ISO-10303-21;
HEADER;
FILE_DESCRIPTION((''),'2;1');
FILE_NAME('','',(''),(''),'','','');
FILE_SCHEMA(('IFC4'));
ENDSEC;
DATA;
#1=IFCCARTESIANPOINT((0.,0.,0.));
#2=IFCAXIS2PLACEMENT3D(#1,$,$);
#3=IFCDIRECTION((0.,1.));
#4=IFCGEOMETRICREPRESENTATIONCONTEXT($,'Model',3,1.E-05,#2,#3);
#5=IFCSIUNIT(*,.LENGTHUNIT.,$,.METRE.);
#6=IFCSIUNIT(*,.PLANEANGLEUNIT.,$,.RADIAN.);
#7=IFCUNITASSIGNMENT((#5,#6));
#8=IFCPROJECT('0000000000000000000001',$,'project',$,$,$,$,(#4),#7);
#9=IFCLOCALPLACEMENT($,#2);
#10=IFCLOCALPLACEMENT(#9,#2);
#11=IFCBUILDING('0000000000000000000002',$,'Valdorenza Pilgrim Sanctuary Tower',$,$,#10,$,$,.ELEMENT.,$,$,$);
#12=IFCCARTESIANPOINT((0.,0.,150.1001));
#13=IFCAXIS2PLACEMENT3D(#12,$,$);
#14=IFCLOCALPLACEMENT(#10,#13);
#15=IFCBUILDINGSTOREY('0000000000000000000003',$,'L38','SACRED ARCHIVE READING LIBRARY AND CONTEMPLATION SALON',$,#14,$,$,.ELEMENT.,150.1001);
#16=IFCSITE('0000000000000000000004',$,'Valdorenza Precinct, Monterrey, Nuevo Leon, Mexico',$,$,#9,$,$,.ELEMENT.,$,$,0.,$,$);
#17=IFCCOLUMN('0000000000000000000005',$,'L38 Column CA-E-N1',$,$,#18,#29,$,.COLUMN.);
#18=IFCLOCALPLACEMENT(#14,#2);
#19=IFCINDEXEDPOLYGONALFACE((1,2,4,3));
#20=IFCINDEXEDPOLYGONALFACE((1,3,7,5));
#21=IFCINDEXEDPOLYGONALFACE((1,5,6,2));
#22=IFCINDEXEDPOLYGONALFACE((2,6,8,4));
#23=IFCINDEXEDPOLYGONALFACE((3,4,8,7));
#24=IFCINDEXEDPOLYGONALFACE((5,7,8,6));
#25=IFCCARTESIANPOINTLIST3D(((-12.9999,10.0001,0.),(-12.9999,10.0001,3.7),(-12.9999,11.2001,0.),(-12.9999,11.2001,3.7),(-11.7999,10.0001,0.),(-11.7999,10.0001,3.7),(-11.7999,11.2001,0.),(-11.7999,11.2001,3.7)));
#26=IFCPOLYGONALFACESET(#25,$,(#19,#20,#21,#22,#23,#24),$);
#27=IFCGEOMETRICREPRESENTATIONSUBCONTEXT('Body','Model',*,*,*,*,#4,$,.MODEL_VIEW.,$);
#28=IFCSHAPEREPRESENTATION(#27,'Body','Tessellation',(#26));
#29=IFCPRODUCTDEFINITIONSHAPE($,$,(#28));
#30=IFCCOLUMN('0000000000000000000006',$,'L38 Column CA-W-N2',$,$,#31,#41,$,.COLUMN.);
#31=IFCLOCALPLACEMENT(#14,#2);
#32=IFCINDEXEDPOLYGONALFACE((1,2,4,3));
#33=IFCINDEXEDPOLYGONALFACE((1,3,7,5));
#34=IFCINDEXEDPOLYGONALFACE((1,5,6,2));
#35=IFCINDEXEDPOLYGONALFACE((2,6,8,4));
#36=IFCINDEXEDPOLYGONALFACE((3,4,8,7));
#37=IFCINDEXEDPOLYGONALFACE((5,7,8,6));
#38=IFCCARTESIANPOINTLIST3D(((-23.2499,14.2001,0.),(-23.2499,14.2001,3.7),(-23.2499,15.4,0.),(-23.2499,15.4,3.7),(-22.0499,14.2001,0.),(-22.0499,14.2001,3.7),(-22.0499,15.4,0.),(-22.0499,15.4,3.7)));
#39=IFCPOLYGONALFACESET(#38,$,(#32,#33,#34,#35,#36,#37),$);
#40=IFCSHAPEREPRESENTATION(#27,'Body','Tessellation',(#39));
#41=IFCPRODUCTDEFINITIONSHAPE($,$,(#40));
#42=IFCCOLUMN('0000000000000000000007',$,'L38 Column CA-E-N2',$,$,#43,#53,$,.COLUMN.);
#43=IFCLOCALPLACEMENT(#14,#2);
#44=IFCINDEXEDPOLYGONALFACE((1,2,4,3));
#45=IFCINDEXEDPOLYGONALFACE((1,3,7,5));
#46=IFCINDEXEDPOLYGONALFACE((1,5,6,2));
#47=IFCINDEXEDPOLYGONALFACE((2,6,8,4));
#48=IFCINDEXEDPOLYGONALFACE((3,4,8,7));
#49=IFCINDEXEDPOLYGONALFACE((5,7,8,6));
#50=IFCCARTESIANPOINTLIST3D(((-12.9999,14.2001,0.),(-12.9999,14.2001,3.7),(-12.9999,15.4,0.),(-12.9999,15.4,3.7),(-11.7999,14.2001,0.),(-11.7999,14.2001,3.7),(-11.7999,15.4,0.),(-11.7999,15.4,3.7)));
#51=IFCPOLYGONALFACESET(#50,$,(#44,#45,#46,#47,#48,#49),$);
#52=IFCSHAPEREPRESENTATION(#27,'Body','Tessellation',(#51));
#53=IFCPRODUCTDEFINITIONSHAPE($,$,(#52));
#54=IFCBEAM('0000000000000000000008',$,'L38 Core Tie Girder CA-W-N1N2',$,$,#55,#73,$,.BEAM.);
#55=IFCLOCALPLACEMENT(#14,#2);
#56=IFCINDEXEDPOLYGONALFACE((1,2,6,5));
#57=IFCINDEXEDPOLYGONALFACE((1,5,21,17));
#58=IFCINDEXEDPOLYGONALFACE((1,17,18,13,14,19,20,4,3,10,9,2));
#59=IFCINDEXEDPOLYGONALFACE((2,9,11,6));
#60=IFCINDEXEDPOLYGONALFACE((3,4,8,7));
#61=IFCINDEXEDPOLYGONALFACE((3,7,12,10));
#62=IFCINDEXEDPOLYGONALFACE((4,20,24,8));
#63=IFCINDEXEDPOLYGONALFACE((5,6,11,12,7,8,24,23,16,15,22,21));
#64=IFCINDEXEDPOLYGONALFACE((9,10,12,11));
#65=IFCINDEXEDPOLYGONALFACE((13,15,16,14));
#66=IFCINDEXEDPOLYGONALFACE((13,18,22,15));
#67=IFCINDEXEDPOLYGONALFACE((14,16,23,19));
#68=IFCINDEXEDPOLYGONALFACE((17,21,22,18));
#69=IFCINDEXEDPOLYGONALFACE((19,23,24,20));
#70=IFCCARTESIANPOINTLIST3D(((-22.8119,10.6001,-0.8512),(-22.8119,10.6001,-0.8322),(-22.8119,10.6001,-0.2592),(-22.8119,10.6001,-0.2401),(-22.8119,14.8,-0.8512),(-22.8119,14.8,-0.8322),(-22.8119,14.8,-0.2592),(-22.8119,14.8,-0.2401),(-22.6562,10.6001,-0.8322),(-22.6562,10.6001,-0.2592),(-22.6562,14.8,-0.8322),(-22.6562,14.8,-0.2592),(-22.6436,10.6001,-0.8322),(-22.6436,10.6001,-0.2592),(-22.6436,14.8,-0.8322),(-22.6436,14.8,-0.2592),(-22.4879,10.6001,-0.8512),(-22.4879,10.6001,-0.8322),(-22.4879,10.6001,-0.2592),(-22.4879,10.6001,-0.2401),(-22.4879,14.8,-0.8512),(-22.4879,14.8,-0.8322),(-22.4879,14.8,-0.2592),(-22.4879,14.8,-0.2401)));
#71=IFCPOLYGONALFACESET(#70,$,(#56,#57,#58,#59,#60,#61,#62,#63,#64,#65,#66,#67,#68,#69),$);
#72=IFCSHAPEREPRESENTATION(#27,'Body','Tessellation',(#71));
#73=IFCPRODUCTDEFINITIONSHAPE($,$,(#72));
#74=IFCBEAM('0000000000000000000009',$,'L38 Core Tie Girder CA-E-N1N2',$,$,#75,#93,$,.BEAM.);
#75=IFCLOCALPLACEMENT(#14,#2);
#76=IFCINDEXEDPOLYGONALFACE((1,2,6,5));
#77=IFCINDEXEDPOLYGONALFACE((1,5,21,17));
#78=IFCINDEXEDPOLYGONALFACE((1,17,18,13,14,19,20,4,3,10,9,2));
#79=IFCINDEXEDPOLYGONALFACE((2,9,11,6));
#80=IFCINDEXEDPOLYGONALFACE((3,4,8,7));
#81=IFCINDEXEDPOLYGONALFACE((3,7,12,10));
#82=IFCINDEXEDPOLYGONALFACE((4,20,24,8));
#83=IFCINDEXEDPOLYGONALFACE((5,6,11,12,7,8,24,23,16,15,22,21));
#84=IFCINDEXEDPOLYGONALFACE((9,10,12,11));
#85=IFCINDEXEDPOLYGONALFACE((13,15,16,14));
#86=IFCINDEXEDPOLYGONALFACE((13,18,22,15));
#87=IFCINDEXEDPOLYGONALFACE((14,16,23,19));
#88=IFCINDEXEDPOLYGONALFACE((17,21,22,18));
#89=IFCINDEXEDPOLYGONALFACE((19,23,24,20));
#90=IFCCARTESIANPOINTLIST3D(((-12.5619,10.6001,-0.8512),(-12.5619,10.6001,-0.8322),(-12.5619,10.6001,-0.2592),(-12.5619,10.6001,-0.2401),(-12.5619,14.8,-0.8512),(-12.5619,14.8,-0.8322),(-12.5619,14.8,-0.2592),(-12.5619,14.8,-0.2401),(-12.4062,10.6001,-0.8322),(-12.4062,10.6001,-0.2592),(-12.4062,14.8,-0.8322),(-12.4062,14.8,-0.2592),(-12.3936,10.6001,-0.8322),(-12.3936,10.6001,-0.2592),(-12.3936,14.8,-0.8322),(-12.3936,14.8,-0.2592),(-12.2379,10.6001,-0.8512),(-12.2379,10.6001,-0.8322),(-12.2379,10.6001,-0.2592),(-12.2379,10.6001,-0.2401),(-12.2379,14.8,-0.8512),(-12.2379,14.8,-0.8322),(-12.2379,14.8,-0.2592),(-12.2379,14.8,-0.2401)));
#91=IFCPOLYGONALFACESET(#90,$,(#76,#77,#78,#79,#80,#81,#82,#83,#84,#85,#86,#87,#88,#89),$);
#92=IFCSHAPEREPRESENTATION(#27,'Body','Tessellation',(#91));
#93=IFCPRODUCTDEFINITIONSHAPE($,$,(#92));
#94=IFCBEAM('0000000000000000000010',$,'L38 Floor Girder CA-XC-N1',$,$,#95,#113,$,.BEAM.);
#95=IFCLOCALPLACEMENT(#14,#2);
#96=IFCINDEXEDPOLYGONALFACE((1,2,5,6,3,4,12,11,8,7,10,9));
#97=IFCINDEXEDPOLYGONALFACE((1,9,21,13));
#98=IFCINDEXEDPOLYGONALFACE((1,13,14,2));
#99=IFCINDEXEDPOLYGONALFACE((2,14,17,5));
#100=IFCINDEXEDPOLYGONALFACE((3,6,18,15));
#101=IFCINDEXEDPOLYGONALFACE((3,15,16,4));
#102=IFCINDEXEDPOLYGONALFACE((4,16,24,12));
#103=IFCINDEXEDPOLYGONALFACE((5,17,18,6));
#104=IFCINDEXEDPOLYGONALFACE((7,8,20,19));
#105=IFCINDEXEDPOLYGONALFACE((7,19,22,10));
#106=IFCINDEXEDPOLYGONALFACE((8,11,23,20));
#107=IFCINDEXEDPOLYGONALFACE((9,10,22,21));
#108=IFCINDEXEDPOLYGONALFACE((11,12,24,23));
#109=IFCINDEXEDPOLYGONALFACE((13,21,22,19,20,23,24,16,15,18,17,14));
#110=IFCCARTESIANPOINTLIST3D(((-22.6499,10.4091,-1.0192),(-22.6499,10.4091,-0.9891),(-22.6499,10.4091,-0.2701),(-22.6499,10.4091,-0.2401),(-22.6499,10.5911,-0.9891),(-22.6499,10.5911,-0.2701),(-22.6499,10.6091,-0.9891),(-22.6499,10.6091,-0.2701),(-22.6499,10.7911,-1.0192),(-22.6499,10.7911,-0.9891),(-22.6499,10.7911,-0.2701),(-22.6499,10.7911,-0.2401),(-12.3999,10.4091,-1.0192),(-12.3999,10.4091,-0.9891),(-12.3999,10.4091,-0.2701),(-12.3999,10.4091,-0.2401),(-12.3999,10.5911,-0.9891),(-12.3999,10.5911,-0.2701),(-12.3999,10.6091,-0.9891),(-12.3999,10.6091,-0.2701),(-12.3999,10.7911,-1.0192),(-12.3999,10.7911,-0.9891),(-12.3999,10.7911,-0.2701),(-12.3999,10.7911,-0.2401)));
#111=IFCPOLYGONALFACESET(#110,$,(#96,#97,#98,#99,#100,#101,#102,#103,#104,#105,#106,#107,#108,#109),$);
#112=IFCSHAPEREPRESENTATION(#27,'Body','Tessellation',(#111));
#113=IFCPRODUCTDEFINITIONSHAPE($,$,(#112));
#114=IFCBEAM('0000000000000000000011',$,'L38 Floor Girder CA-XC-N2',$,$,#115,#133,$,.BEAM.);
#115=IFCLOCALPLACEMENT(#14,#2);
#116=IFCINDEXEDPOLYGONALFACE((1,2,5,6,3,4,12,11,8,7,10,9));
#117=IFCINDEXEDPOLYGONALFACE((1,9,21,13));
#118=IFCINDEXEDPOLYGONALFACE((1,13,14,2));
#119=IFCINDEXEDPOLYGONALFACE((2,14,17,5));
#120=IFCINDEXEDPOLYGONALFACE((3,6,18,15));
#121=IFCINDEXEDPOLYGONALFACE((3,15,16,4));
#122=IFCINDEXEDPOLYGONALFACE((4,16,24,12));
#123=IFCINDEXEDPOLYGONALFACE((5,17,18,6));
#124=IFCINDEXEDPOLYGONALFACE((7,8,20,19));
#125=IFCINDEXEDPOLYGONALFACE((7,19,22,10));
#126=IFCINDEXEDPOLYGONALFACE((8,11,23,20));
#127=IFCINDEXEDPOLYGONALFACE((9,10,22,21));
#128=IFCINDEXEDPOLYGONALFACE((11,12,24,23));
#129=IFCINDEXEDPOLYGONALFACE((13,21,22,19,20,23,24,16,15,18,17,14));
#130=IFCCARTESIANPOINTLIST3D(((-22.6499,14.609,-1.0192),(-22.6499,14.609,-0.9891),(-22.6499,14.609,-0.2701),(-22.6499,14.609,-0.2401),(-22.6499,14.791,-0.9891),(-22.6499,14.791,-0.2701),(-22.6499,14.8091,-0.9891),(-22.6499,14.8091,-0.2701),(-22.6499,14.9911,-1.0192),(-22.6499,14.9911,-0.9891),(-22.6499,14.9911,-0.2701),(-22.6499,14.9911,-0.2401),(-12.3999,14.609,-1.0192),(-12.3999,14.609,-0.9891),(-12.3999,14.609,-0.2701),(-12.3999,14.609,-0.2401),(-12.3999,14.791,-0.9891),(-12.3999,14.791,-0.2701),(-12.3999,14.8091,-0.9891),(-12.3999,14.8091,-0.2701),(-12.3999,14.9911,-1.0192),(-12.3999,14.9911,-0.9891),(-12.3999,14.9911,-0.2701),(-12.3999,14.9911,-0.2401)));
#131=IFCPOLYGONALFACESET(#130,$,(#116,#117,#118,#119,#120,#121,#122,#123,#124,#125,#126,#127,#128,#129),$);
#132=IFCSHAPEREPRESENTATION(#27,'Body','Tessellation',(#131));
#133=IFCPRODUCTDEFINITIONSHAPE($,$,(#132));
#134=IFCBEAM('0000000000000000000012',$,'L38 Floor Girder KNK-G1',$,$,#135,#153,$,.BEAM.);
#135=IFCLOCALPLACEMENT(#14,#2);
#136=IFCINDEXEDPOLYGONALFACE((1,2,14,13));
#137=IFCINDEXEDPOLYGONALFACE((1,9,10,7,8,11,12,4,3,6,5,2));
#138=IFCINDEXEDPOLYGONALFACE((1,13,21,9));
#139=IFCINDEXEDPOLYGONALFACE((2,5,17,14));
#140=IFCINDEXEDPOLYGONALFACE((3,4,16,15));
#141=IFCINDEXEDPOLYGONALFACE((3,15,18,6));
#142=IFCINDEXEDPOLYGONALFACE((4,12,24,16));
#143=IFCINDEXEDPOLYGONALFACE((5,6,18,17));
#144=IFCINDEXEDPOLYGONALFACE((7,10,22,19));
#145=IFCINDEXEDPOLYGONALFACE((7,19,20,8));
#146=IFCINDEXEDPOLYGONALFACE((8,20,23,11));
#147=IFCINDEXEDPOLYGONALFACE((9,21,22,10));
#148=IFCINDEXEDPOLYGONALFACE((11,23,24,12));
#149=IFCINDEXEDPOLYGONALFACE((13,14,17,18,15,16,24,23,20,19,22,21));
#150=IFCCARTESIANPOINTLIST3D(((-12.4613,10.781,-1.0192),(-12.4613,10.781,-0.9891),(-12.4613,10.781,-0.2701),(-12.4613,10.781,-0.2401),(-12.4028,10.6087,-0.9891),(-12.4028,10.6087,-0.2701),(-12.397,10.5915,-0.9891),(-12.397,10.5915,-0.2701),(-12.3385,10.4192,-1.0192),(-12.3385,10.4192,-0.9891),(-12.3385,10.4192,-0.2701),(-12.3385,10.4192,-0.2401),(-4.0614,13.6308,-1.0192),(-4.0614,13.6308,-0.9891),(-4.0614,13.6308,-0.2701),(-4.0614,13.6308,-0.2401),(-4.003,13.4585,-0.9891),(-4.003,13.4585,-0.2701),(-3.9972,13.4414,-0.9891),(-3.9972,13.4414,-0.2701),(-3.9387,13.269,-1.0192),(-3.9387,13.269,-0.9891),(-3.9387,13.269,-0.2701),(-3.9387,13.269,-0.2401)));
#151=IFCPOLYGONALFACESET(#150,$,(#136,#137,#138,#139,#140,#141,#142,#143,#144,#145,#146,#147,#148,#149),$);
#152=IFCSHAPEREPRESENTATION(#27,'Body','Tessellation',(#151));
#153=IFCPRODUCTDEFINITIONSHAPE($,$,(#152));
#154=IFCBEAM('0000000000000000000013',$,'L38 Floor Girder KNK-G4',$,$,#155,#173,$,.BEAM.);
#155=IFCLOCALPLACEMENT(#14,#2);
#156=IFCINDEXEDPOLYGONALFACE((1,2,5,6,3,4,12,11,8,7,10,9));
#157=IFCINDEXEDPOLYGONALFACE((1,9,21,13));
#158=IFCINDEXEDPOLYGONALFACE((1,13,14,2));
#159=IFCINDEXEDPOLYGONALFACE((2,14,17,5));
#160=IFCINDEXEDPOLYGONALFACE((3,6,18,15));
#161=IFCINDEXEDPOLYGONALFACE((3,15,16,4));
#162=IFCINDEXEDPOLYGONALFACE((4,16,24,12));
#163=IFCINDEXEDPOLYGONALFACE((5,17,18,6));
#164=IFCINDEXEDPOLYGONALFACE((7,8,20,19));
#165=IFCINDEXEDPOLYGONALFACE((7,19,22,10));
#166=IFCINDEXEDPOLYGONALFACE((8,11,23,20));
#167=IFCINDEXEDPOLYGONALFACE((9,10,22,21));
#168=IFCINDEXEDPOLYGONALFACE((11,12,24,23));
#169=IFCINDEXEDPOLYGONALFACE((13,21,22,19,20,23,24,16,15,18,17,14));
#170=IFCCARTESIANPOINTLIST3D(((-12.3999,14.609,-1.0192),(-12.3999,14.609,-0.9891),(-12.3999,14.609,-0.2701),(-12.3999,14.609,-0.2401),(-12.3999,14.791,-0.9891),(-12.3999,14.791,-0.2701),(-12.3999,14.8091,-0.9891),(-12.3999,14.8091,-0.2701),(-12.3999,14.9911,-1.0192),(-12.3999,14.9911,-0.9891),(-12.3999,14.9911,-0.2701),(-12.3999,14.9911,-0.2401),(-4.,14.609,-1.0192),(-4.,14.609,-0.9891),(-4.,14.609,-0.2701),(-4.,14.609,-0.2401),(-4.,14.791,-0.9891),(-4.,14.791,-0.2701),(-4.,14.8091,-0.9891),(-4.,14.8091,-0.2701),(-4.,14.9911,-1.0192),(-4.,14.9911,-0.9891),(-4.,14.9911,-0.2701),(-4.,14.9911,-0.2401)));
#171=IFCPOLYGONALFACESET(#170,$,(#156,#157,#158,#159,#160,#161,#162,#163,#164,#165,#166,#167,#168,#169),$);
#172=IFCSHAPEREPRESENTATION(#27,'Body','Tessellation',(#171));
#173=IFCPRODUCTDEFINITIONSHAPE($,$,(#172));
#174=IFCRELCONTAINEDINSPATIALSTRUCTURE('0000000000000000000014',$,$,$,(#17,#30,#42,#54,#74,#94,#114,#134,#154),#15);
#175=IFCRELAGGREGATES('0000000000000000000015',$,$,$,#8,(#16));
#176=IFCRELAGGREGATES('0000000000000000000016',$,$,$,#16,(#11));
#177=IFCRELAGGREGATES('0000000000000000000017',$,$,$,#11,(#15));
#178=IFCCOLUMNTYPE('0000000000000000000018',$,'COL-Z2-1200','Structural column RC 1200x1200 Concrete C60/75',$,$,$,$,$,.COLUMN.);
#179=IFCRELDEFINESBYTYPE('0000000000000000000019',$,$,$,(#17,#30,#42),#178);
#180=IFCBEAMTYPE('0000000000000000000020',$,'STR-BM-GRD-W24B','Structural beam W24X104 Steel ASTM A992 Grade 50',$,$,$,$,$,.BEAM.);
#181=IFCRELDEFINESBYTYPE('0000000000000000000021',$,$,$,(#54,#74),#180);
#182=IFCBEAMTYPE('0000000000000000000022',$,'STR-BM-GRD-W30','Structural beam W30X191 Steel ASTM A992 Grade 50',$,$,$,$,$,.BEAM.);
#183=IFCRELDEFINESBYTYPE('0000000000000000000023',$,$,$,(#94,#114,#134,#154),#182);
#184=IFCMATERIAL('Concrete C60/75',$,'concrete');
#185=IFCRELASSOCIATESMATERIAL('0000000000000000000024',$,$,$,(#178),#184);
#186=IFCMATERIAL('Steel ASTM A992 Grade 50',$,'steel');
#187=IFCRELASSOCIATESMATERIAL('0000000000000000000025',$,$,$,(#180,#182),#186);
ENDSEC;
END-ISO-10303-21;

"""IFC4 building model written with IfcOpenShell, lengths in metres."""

from ifc_helpers import new_model, si_unit, direction, frame, origin, origin_2d, place, context, subcontext, project, spatial, rectangle, i_section, extrude, source, transform, mapped, material, material_profile, profile_set, type_object, element, save


model = new_model("IFC4")

# Units and contexts
model_context = context("Model", 3, precision=1e-05, world=origin(), true_north=direction((0.0, 1.0)))
body_context = subcontext(model_context, "Body", "Model", "MODEL_VIEW")
ifc_project = project(units=[si_unit("LENGTHUNIT", "METRE"), si_unit("PLANEANGLEUNIT", "RADIAN")], contexts=[model_context])

# Site, building, storey
site_placement = place(None, origin())
site = spatial("IfcSite", under=ifc_project, at=site_placement, Name="Valdorenza Precinct, Monterrey, Nuevo Leon, Mexico", CompositionType="ELEMENT", RefElevation=0.0)
building_placement = place(site_placement, origin())
building = spatial("IfcBuilding", under=site, at=building_placement, Name="Valdorenza Pilgrim Sanctuary Tower", CompositionType="ELEMENT")
storey_placement = place(building_placement, frame((0.0, 0.0, 150.1001)))
storey = spatial("IfcBuildingStorey", under=building, at=storey_placement, Name="L38", Description="SACRED ARCHIVE READING LIBRARY AND CONTEMPLATION SALON", CompositionType="ELEMENT", Elevation=150.1001)

# Columns
ifc_material_1 = material(Name="Concrete C60/75", Category="concrete")
ifc_material_profile_1 = material_profile(ifc_material_1, rectangle(XDim=1.2, YDim=1.2, at=origin_2d()), Name="RC 1200x1200")
ifc_profile_set_1 = profile_set([ifc_material_profile_1], Name="Concrete C60/75")
column_type = type_object("IfcColumnType", Name="COL-Z2-1200", Description="Structural column RC 1200x1200 Concrete C60/75", PredefinedType="COLUMN", material=ifc_profile_set_1)
shared_shape_1 = source(origin(), body_context, "Body", "SweptSolid", [
    extrude(rectangle(XDim=1.2, YDim=1.2, at=origin_2d()), origin(), (0.0, 0.0, 1.0), 3.7),
])
for number, where, z_axis, x_axis, name in (
    (1, (-12.3999, 10.6001, 0.0), (0.0, 0.0, 1.0), (1.0, 0.0, 0.0), "L38 Column CA-E-N1"),
    (2, (-22.6499, 14.8, 0.0), (0.0, 0.0, 1.0), (1.0, 0.0, 0.0), "L38 Column CA-W-N2"),
    (3, (-12.3999, 14.8, 0.0), (0.0, 0.0, 1.0), (1.0, 0.0, 0.0), "L38 Column CA-E-N2"),
):
    element("IfcColumn", number, at=place(storey_placement, frame(where, z_axis=z_axis, x_axis=x_axis)), inside=storey, type_object=column_type, Name=name, PredefinedType="COLUMN", context=body_context, shape_type="MappedRepresentation", body=[
        mapped(shared_shape_1, transform((0.0, 0.0, 0.0), x_axis=(1.0, 0.0, 0.0), y_axis=(0.0, 1.0, 0.0), z_axis=(0.0, 0.0, 1.0), scale=1.0)),
    ])

# Beams
ifc_material_2 = material(Name="Steel ASTM A992 Grade 50", Category="steel")
ifc_material_profile_2 = material_profile(ifc_material_2, i_section(OverallWidth=0.324, OverallDepth=0.6111, WebThickness=0.0127, FlangeThickness=0.019, at=origin_2d()), Name="W24X104")
ifc_profile_set_2 = profile_set([ifc_material_profile_2], Name="Steel ASTM A992 Grade 50")
beam_type_1 = type_object("IfcBeamType", Name="STR-BM-GRD-W24B", Description="Structural beam W24X104 Steel ASTM A992 Grade 50", PredefinedType="BEAM", material=ifc_profile_set_2)
shared_shape_2 = source(origin(), body_context, "Body", "SweptSolid", [
    extrude(i_section(OverallWidth=0.324, OverallDepth=0.6111, WebThickness=0.0127, FlangeThickness=0.019, at=origin_2d()), origin(), (0.0, 0.0, 1.0), 4.2),
])
for number, where, z_axis, x_axis, name in (
    (4, (-22.6499, 10.6001, -0.5457), (0.0, 1.0, 0.0), (-1.0, 0.0, 0.0), "L38 Core Tie Girder CA-W-N1N2"),
    (5, (-12.3999, 10.6001, -0.5457), (0.0, 1.0, 0.0), (-1.0, 0.0, 0.0), "L38 Core Tie Girder CA-E-N1N2"),
):
    element("IfcBeam", number, at=place(storey_placement, frame(where, z_axis=z_axis, x_axis=x_axis)), inside=storey, type_object=beam_type_1, Name=name, PredefinedType="BEAM", context=body_context, shape_type="MappedRepresentation", body=[
        mapped(shared_shape_2, transform((0.0, 0.0, 0.0), x_axis=(1.0, 0.0, 0.0), y_axis=(0.0, 1.0, 0.0), z_axis=(0.0, 0.0, 1.0), scale=1.0)),
    ])
ifc_material_profile_3 = material_profile(ifc_material_2, i_section(OverallWidth=0.3821, OverallDepth=0.7791, WebThickness=0.0181, FlangeThickness=0.03, at=origin_2d()), Name="W30X191")
ifc_profile_set_3 = profile_set([ifc_material_profile_3], Name="Steel ASTM A992 Grade 50")
beam_type_2 = type_object("IfcBeamType", Name="STR-BM-GRD-W30", Description="Structural beam W30X191 Steel ASTM A992 Grade 50", PredefinedType="BEAM", material=ifc_profile_set_3)
shared_shape_3 = source(origin(), body_context, "Body", "SweptSolid", [
    extrude(i_section(OverallWidth=0.3821, OverallDepth=0.7791, WebThickness=0.0181, FlangeThickness=0.03, at=origin_2d()), origin(), (0.0, 0.0, 1.0), 10.25),
])
for number, where, z_axis, x_axis, name in (
    (6, (-22.6499, 10.6001, -0.6296), (1.0, 0.0, 0.0), (0.0, 1.0, 0.0), "L38 Floor Girder CA-XC-N1"),
    (7, (-22.6499, 14.8, -0.6296), (1.0, 0.0, 0.0), (0.0, 1.0, 0.0), "L38 Floor Girder CA-XC-N2"),
):
    element("IfcBeam", number, at=place(storey_placement, frame(where, z_axis=z_axis, x_axis=x_axis)), inside=storey, type_object=beam_type_2, Name=name, PredefinedType="BEAM", context=body_context, shape_type="MappedRepresentation", body=[
        mapped(shared_shape_3, transform((0.0, 0.0, 0.0), x_axis=(1.0, 0.0, 0.0), y_axis=(0.0, 1.0, 0.0), z_axis=(0.0, 0.0, 1.0), scale=1.0)),
    ])
shared_shape_4 = source(origin(), body_context, "Body", "SweptSolid", [
    extrude(i_section(OverallWidth=0.3821, OverallDepth=0.7791, WebThickness=0.0181, FlangeThickness=0.03, at=origin_2d()), origin(), (0.0, 0.0, 1.0), 8.8701),
])
beam_1_placement = place(storey_placement, frame((-12.3999, 10.6001, -0.6296), z_axis=(0.946983, 0.321285, 0.0), x_axis=(-0.321285, 0.946983, 0.0)))
element("IfcBeam", 8, at=beam_1_placement, inside=storey, type_object=beam_type_2, Name="L38 Floor Girder KNK-G1", PredefinedType="BEAM", context=body_context, shape_type="MappedRepresentation", body=[
    mapped(shared_shape_4, transform((0.0, 0.0, 0.0), x_axis=(1.0, 0.0, 0.0), y_axis=(0.0, 1.0, 0.0), z_axis=(0.0, 0.0, 1.0), scale=1.0)),
])
shared_shape_5 = source(origin(), body_context, "Body", "SweptSolid", [
    extrude(i_section(OverallWidth=0.3821, OverallDepth=0.7791, WebThickness=0.0181, FlangeThickness=0.03, at=origin_2d()), origin(), (0.0, 0.0, 1.0), 8.3999),
])
beam_2_placement = place(storey_placement, frame((-12.3999, 14.8, -0.6296), z_axis=(1.0, 0.0, 0.0), x_axis=(0.0, 1.0, 0.0)))
element("IfcBeam", 9, at=beam_2_placement, inside=storey, type_object=beam_type_2, Name="L38 Floor Girder KNK-G4", PredefinedType="BEAM", context=body_context, shape_type="MappedRepresentation", body=[
    mapped(shared_shape_5, transform((0.0, 0.0, 0.0), x_axis=(1.0, 0.0, 0.0), y_axis=(0.0, 1.0, 0.0), z_axis=(0.0, 0.0, 1.0), scale=1.0)),
])

save(model, "model.ifc")
